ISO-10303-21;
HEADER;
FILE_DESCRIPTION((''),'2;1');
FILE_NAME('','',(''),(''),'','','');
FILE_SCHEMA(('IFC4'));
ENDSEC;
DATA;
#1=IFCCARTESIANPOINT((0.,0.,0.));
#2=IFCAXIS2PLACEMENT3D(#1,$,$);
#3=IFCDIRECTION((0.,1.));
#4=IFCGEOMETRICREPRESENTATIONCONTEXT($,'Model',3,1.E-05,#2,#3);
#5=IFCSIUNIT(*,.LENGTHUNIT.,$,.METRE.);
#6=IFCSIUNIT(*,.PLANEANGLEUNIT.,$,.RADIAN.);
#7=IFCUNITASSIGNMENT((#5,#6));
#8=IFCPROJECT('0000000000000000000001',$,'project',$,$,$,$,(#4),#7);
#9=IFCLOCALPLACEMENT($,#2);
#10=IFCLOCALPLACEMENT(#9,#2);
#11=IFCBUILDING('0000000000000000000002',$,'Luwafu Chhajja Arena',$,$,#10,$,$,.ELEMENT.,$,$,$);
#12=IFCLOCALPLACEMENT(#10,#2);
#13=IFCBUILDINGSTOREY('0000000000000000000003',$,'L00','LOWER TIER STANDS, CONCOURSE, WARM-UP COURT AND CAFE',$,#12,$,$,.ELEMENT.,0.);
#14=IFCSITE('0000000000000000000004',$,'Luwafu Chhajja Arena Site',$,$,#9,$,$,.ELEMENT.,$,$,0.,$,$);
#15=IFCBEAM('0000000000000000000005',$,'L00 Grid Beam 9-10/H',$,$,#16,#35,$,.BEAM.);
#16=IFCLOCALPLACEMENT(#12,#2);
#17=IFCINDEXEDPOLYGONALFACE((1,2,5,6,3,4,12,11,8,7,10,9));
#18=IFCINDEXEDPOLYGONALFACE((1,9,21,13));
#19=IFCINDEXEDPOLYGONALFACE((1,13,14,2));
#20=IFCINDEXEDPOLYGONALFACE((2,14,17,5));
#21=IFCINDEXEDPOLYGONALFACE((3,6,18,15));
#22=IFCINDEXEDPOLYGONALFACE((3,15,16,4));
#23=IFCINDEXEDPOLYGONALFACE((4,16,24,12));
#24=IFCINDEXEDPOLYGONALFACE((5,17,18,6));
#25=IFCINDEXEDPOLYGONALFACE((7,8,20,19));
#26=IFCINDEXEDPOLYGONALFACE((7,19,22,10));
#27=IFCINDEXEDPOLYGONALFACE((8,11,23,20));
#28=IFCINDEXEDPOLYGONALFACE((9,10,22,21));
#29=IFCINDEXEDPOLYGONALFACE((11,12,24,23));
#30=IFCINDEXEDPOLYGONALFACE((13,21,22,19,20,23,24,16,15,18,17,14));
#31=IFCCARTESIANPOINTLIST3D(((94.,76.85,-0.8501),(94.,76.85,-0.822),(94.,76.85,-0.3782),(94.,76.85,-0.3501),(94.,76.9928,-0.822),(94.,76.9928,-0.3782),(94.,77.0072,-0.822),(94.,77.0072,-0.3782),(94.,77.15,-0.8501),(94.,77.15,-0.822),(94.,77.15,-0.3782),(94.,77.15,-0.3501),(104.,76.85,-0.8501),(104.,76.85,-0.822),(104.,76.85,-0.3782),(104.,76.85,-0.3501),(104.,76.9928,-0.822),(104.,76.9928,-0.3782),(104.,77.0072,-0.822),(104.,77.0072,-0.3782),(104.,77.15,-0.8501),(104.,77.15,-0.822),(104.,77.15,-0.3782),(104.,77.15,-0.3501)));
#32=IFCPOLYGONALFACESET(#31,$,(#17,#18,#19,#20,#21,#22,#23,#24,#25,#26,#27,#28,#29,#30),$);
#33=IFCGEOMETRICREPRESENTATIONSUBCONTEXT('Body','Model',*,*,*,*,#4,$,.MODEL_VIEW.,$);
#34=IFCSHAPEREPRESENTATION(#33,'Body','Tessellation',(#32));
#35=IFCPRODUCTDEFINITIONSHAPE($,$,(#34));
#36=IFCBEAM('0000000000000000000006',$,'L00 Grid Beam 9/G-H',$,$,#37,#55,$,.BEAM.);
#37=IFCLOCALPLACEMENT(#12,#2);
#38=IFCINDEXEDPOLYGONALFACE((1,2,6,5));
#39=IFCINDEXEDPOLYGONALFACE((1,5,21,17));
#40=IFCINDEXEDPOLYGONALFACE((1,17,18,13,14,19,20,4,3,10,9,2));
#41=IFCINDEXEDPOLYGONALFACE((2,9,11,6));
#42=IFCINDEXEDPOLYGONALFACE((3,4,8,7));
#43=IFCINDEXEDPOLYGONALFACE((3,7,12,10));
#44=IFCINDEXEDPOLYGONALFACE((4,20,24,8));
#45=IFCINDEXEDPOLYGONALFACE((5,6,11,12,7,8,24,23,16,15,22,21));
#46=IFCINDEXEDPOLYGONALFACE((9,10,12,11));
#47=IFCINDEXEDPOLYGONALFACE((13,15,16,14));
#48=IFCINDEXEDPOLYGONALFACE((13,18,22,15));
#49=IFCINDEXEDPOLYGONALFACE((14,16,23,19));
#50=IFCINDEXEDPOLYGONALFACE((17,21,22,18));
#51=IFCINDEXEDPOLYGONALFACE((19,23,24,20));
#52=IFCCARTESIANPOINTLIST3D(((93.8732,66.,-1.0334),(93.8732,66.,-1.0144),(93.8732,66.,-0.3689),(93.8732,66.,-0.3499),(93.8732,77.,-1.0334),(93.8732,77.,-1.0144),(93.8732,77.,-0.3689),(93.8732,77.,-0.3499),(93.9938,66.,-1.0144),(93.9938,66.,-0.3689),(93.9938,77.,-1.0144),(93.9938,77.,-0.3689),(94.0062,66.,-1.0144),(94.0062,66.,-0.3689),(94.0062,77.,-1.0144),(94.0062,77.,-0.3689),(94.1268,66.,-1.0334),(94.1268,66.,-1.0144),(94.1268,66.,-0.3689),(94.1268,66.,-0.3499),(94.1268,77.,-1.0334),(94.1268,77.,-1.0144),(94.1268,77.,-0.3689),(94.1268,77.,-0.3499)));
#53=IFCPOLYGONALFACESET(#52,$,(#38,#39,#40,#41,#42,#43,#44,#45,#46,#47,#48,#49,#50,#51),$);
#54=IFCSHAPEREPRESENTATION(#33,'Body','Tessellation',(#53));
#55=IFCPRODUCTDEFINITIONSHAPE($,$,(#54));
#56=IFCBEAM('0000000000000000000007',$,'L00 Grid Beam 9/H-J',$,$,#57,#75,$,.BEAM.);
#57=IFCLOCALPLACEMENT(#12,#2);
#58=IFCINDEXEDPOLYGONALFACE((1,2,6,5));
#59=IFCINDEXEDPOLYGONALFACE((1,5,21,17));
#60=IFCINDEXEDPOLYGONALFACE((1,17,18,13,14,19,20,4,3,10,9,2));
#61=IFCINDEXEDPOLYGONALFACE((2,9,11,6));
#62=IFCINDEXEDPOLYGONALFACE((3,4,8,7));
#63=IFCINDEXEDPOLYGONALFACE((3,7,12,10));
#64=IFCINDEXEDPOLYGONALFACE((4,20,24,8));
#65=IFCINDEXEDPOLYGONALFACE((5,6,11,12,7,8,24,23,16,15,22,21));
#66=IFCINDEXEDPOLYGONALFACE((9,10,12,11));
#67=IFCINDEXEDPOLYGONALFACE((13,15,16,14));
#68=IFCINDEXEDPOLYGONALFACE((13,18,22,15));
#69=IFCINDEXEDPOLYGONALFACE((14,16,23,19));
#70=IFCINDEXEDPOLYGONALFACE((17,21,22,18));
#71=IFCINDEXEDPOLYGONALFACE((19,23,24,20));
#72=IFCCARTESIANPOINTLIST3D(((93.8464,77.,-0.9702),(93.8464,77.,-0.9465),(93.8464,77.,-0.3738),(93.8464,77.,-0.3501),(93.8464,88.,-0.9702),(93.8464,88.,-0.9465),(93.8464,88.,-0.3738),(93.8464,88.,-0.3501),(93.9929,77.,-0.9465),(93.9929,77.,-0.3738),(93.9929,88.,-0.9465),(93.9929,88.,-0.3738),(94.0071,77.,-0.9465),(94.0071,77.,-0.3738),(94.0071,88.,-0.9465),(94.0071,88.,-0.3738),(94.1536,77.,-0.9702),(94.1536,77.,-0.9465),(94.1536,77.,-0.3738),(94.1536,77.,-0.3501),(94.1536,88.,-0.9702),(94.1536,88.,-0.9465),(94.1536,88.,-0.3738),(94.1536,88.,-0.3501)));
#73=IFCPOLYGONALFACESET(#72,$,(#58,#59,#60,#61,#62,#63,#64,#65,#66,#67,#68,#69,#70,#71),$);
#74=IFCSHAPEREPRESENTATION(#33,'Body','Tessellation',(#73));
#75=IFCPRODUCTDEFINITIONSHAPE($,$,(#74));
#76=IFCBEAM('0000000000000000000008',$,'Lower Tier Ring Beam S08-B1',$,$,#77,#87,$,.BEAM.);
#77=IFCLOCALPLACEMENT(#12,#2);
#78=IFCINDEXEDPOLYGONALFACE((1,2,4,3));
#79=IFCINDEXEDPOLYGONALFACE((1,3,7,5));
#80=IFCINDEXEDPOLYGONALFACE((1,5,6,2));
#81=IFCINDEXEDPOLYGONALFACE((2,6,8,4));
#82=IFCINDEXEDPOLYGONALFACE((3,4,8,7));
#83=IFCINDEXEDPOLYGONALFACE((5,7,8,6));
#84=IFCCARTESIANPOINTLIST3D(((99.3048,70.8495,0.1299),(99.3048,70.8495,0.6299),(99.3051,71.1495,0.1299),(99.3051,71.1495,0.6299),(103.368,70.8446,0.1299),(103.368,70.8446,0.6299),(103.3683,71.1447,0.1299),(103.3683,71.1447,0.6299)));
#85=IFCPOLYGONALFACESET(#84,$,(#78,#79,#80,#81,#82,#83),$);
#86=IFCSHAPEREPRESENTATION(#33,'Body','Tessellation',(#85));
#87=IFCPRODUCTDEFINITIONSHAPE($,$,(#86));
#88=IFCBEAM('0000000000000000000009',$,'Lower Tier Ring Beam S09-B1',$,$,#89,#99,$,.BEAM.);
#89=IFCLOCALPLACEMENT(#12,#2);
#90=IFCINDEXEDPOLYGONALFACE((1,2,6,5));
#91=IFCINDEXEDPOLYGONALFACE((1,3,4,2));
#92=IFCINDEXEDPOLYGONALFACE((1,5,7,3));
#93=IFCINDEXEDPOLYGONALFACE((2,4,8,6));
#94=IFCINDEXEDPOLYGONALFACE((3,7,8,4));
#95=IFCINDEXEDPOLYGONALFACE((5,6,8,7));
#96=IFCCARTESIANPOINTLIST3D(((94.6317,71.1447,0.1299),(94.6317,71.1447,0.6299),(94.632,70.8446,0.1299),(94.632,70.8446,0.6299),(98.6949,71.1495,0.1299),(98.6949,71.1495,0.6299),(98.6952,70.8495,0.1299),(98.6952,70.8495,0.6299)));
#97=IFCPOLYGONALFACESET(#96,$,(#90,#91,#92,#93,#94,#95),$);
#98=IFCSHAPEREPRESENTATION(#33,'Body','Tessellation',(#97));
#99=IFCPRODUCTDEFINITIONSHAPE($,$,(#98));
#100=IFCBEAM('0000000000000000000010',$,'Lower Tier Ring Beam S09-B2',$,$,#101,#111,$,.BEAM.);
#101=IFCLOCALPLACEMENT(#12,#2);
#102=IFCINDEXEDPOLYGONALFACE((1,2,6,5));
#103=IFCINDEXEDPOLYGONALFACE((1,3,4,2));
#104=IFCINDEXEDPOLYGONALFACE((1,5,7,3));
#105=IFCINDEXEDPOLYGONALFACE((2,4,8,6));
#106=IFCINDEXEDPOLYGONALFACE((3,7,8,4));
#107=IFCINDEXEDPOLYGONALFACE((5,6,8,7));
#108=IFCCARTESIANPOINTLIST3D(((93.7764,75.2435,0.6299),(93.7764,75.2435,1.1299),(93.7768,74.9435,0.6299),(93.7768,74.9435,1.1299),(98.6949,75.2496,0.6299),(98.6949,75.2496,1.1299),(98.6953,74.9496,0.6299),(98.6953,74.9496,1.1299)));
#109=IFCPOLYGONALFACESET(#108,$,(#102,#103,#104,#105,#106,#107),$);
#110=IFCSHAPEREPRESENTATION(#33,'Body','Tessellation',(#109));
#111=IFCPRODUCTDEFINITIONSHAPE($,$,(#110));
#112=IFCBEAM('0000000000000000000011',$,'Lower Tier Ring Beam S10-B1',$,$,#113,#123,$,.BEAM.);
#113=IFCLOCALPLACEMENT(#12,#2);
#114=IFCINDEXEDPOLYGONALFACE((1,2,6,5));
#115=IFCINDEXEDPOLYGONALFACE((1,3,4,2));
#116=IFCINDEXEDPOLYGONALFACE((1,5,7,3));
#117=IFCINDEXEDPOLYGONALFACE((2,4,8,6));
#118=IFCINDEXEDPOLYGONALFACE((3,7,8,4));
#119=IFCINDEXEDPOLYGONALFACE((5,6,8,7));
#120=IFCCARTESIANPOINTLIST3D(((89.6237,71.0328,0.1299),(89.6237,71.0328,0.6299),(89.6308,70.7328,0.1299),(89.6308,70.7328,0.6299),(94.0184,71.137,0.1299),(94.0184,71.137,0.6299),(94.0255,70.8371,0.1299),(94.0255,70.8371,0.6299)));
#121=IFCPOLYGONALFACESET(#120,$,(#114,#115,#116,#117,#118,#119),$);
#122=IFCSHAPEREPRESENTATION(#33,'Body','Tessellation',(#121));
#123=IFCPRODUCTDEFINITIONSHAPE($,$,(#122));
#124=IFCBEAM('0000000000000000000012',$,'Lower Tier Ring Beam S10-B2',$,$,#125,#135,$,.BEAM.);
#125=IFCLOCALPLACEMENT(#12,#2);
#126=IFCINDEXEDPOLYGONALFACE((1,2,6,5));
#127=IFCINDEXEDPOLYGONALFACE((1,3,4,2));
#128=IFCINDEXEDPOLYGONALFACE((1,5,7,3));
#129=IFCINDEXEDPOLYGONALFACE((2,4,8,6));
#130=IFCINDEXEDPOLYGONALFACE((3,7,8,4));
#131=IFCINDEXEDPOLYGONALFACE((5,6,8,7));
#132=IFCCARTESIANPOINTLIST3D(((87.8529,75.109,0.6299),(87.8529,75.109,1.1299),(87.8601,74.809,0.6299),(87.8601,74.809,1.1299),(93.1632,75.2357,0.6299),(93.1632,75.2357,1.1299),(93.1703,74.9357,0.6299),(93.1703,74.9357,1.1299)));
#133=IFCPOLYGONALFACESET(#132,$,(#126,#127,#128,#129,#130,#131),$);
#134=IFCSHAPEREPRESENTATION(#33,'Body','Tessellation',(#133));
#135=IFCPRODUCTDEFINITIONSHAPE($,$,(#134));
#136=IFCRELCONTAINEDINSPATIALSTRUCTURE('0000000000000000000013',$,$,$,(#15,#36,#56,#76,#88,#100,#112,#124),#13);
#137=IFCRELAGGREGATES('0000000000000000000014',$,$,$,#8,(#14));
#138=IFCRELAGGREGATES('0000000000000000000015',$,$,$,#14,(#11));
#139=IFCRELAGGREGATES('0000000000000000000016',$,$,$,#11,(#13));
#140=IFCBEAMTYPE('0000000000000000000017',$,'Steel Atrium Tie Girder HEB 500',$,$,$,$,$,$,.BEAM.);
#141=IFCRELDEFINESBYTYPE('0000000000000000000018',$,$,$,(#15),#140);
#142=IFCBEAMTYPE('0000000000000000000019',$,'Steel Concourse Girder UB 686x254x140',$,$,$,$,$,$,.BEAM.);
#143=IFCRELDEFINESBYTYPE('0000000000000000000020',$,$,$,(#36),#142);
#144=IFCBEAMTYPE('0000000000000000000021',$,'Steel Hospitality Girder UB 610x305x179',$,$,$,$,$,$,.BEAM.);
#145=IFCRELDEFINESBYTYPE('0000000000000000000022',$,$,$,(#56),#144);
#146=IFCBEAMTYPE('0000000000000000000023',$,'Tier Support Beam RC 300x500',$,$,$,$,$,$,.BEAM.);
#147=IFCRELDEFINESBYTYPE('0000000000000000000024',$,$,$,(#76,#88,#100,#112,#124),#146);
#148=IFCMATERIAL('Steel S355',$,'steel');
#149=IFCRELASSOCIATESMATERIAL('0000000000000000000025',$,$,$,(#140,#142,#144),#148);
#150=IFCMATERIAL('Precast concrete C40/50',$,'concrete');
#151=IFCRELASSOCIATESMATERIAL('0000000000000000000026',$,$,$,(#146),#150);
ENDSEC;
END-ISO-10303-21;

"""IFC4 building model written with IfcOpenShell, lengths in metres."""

from ifc_helpers import new_model, si_unit, direction, frame, origin, origin_2d, place, context, subcontext, project, spatial, rectangle, i_section, extrude, material, material_profile, profile_set, type_object, element, save


model = new_model("IFC4")

# Units and contexts
model_context = context("Model", 3, precision=1e-05, world=origin(), true_north=direction((0.0, 1.0)))
body_context = subcontext(model_context, "Body", "Model", "MODEL_VIEW")
ifc_project = project(units=[si_unit("LENGTHUNIT", "METRE"), si_unit("PLANEANGLEUNIT", "RADIAN")], contexts=[model_context])

# Site, building, storey
site_placement = place(None, origin())
site = spatial("IfcSite", under=ifc_project, at=site_placement, Name="Luwafu Chhajja Arena Site", CompositionType="ELEMENT", RefElevation=0.0)
building_placement = place(site_placement, origin())
building = spatial("IfcBuilding", under=site, at=building_placement, Name="Luwafu Chhajja Arena", CompositionType="ELEMENT")
storey_placement = place(building_placement, origin())
storey = spatial("IfcBuildingStorey", under=building, at=storey_placement, Name="L00", Description="LOWER TIER STANDS, CONCOURSE, WARM-UP COURT AND CAFE", CompositionType="ELEMENT", Elevation=0.0)

# Beams
ifc_material_1 = material(Name="Steel S355", Category="steel")
ifc_material_profile_1 = material_profile(ifc_material_1, i_section(OverallWidth=0.3, OverallDepth=0.5, WebThickness=0.0144, FlangeThickness=0.0281, at=origin_2d()), Name="HEB 500")
ifc_profile_set_1 = profile_set([ifc_material_profile_1], Name="Steel S355")
beam_type_1 = type_object("IfcBeamType", Name="Steel Atrium Tie Girder HEB 500", PredefinedType="BEAM", material=ifc_profile_set_1)
beam_1_placement = place(storey_placement, frame((94.0, 77.0, -0.6001), z_axis=(1.0, 0.0, 0.0), x_axis=(0.0, 1.0, 0.0)))
element("IfcBeam", 1, at=beam_1_placement, inside=storey, type_object=beam_type_1, Name="L00 Grid Beam 9-10/H", PredefinedType="BEAM", context=body_context, shape_type="SweptSolid", body=[
    extrude(i_section(OverallWidth=0.3, OverallDepth=0.5, WebThickness=0.0144, FlangeThickness=0.0281, at=origin_2d()), origin(), (0.0, 0.0, 1.0), 10.0),
])
ifc_material_profile_2 = material_profile(ifc_material_1, i_section(OverallWidth=0.2537, OverallDepth=0.6836, WebThickness=0.0125, FlangeThickness=0.019, at=origin_2d()), Name="UB 686x254x140")
ifc_profile_set_2 = profile_set([ifc_material_profile_2], Name="Steel S355")
beam_type_2 = type_object("IfcBeamType", Name="Steel Concourse Girder UB 686x254x140", PredefinedType="BEAM", material=ifc_profile_set_2)
beam_2_placement = place(storey_placement, frame((94.0, 66.0, -0.6917), z_axis=(0.0, 1.0, 0.0), x_axis=(-1.0, 0.0, 0.0)))
element("IfcBeam", 2, at=beam_2_placement, inside=storey, type_object=beam_type_2, Name="L00 Grid Beam 9/G-H", PredefinedType="BEAM", context=body_context, shape_type="SweptSolid", body=[
    extrude(i_section(OverallWidth=0.2537, OverallDepth=0.6836, WebThickness=0.0125, FlangeThickness=0.019, at=origin_2d()), origin(), (0.0, 0.0, 1.0), 11.0),
])
ifc_material_profile_3 = material_profile(ifc_material_1, i_section(OverallWidth=0.3071, OverallDepth=0.6201, WebThickness=0.0142, FlangeThickness=0.0237, at=origin_2d()), Name="UB 610x305x179")
ifc_profile_set_3 = profile_set([ifc_material_profile_3], Name="Steel S355")
beam_type_3 = type_object("IfcBeamType", Name="Steel Hospitality Girder UB 610x305x179", PredefinedType="BEAM", material=ifc_profile_set_3)
beam_3_placement = place(storey_placement, frame((94.0, 77.0, -0.6602), z_axis=(0.0, 1.0, 0.0), x_axis=(-1.0, 0.0, 0.0)))
element("IfcBeam", 3, at=beam_3_placement, inside=storey, type_object=beam_type_3, Name="L00 Grid Beam 9/H-J", PredefinedType="BEAM", context=body_context, shape_type="SweptSolid", body=[
    extrude(i_section(OverallWidth=0.3071, OverallDepth=0.6201, WebThickness=0.0142, FlangeThickness=0.0237, at=origin_2d()), origin(), (0.0, 0.0, 1.0), 11.0),
])
ifc_material_2 = material(Name="Precast concrete C40/50", Category="concrete")
ifc_material_profile_4 = material_profile(ifc_material_2, rectangle(XDim=0.3, YDim=0.5, at=origin_2d()), Name="RC 300x500")
ifc_profile_set_4 = profile_set([ifc_material_profile_4], Name="Precast concrete C40/50")
beam_type_4 = type_object("IfcBeamType", Name="Tier Support Beam RC 300x500", PredefinedType="BEAM", material=ifc_profile_set_4)
for number, where, z_axis, x_axis, name in (
    (4, (103.3682, 70.9946, 0.3799), (-0.999999, 0.001202, 0.0), (-0.001202, -0.999999, 0.0), "Lower Tier Ring Beam S08-B1"),
    (5, (98.6951, 70.9995, 0.3799), (-0.999999, -0.001202, 0.0), (0.001202, -0.999999, 0.0), "Lower Tier Ring Beam S09-B1"),
):
    element("IfcBeam", number, at=place(storey_placement, frame(where, z_axis=z_axis, x_axis=x_axis)), inside=storey, type_object=beam_type_4, Name=name, PredefinedType="BEAM", context=body_context, shape_type="SweptSolid", body=[
        extrude(rectangle(XDim=0.3, YDim=0.5, at=origin_2d()), origin(), (0.0, 0.0, 1.0), 4.0632),
    ])
beam_4_placement = place(storey_placement, frame((98.6951, 75.0996, 0.8799), z_axis=(-0.999999, -0.001241, 0.0), x_axis=(0.001241, -0.999999, 0.0)))
element("IfcBeam", 6, at=beam_4_placement, inside=storey, type_object=beam_type_4, Name="Lower Tier Ring Beam S09-B2", PredefinedType="BEAM", context=body_context, shape_type="SweptSolid", body=[
    extrude(rectangle(XDim=0.3, YDim=0.5, at=origin_2d()), origin(), (0.0, 0.0, 1.0), 4.9185),
])
beam_5_placement = place(storey_placement, frame((94.022, 70.9871, 0.3799), z_axis=(-0.999719, -0.023714, 0.0), x_axis=(0.023714, -0.999719, 0.0)))
element("IfcBeam", 7, at=beam_5_placement, inside=storey, type_object=beam_type_4, Name="Lower Tier Ring Beam S10-B1", PredefinedType="BEAM", context=body_context, shape_type="SweptSolid", body=[
    extrude(rectangle(XDim=0.3, YDim=0.5, at=origin_2d()), origin(), (0.0, 0.0, 1.0), 4.396),
])
beam_6_placement = place(storey_placement, frame((93.1667, 75.0857, 0.8799), z_axis=(-0.999715, -0.023854, 0.0), x_axis=(0.023854, -0.999715, 0.0)))
element("IfcBeam", 8, at=beam_6_placement, inside=storey, type_object=beam_type_4, Name="Lower Tier Ring Beam S10-B2", PredefinedType="BEAM", context=body_context, shape_type="SweptSolid", body=[
    extrude(rectangle(XDim=0.3, YDim=0.5, at=origin_2d()), origin(), (0.0, 0.0, 1.0), 5.3118),
])

save(model, "model.ifc")
